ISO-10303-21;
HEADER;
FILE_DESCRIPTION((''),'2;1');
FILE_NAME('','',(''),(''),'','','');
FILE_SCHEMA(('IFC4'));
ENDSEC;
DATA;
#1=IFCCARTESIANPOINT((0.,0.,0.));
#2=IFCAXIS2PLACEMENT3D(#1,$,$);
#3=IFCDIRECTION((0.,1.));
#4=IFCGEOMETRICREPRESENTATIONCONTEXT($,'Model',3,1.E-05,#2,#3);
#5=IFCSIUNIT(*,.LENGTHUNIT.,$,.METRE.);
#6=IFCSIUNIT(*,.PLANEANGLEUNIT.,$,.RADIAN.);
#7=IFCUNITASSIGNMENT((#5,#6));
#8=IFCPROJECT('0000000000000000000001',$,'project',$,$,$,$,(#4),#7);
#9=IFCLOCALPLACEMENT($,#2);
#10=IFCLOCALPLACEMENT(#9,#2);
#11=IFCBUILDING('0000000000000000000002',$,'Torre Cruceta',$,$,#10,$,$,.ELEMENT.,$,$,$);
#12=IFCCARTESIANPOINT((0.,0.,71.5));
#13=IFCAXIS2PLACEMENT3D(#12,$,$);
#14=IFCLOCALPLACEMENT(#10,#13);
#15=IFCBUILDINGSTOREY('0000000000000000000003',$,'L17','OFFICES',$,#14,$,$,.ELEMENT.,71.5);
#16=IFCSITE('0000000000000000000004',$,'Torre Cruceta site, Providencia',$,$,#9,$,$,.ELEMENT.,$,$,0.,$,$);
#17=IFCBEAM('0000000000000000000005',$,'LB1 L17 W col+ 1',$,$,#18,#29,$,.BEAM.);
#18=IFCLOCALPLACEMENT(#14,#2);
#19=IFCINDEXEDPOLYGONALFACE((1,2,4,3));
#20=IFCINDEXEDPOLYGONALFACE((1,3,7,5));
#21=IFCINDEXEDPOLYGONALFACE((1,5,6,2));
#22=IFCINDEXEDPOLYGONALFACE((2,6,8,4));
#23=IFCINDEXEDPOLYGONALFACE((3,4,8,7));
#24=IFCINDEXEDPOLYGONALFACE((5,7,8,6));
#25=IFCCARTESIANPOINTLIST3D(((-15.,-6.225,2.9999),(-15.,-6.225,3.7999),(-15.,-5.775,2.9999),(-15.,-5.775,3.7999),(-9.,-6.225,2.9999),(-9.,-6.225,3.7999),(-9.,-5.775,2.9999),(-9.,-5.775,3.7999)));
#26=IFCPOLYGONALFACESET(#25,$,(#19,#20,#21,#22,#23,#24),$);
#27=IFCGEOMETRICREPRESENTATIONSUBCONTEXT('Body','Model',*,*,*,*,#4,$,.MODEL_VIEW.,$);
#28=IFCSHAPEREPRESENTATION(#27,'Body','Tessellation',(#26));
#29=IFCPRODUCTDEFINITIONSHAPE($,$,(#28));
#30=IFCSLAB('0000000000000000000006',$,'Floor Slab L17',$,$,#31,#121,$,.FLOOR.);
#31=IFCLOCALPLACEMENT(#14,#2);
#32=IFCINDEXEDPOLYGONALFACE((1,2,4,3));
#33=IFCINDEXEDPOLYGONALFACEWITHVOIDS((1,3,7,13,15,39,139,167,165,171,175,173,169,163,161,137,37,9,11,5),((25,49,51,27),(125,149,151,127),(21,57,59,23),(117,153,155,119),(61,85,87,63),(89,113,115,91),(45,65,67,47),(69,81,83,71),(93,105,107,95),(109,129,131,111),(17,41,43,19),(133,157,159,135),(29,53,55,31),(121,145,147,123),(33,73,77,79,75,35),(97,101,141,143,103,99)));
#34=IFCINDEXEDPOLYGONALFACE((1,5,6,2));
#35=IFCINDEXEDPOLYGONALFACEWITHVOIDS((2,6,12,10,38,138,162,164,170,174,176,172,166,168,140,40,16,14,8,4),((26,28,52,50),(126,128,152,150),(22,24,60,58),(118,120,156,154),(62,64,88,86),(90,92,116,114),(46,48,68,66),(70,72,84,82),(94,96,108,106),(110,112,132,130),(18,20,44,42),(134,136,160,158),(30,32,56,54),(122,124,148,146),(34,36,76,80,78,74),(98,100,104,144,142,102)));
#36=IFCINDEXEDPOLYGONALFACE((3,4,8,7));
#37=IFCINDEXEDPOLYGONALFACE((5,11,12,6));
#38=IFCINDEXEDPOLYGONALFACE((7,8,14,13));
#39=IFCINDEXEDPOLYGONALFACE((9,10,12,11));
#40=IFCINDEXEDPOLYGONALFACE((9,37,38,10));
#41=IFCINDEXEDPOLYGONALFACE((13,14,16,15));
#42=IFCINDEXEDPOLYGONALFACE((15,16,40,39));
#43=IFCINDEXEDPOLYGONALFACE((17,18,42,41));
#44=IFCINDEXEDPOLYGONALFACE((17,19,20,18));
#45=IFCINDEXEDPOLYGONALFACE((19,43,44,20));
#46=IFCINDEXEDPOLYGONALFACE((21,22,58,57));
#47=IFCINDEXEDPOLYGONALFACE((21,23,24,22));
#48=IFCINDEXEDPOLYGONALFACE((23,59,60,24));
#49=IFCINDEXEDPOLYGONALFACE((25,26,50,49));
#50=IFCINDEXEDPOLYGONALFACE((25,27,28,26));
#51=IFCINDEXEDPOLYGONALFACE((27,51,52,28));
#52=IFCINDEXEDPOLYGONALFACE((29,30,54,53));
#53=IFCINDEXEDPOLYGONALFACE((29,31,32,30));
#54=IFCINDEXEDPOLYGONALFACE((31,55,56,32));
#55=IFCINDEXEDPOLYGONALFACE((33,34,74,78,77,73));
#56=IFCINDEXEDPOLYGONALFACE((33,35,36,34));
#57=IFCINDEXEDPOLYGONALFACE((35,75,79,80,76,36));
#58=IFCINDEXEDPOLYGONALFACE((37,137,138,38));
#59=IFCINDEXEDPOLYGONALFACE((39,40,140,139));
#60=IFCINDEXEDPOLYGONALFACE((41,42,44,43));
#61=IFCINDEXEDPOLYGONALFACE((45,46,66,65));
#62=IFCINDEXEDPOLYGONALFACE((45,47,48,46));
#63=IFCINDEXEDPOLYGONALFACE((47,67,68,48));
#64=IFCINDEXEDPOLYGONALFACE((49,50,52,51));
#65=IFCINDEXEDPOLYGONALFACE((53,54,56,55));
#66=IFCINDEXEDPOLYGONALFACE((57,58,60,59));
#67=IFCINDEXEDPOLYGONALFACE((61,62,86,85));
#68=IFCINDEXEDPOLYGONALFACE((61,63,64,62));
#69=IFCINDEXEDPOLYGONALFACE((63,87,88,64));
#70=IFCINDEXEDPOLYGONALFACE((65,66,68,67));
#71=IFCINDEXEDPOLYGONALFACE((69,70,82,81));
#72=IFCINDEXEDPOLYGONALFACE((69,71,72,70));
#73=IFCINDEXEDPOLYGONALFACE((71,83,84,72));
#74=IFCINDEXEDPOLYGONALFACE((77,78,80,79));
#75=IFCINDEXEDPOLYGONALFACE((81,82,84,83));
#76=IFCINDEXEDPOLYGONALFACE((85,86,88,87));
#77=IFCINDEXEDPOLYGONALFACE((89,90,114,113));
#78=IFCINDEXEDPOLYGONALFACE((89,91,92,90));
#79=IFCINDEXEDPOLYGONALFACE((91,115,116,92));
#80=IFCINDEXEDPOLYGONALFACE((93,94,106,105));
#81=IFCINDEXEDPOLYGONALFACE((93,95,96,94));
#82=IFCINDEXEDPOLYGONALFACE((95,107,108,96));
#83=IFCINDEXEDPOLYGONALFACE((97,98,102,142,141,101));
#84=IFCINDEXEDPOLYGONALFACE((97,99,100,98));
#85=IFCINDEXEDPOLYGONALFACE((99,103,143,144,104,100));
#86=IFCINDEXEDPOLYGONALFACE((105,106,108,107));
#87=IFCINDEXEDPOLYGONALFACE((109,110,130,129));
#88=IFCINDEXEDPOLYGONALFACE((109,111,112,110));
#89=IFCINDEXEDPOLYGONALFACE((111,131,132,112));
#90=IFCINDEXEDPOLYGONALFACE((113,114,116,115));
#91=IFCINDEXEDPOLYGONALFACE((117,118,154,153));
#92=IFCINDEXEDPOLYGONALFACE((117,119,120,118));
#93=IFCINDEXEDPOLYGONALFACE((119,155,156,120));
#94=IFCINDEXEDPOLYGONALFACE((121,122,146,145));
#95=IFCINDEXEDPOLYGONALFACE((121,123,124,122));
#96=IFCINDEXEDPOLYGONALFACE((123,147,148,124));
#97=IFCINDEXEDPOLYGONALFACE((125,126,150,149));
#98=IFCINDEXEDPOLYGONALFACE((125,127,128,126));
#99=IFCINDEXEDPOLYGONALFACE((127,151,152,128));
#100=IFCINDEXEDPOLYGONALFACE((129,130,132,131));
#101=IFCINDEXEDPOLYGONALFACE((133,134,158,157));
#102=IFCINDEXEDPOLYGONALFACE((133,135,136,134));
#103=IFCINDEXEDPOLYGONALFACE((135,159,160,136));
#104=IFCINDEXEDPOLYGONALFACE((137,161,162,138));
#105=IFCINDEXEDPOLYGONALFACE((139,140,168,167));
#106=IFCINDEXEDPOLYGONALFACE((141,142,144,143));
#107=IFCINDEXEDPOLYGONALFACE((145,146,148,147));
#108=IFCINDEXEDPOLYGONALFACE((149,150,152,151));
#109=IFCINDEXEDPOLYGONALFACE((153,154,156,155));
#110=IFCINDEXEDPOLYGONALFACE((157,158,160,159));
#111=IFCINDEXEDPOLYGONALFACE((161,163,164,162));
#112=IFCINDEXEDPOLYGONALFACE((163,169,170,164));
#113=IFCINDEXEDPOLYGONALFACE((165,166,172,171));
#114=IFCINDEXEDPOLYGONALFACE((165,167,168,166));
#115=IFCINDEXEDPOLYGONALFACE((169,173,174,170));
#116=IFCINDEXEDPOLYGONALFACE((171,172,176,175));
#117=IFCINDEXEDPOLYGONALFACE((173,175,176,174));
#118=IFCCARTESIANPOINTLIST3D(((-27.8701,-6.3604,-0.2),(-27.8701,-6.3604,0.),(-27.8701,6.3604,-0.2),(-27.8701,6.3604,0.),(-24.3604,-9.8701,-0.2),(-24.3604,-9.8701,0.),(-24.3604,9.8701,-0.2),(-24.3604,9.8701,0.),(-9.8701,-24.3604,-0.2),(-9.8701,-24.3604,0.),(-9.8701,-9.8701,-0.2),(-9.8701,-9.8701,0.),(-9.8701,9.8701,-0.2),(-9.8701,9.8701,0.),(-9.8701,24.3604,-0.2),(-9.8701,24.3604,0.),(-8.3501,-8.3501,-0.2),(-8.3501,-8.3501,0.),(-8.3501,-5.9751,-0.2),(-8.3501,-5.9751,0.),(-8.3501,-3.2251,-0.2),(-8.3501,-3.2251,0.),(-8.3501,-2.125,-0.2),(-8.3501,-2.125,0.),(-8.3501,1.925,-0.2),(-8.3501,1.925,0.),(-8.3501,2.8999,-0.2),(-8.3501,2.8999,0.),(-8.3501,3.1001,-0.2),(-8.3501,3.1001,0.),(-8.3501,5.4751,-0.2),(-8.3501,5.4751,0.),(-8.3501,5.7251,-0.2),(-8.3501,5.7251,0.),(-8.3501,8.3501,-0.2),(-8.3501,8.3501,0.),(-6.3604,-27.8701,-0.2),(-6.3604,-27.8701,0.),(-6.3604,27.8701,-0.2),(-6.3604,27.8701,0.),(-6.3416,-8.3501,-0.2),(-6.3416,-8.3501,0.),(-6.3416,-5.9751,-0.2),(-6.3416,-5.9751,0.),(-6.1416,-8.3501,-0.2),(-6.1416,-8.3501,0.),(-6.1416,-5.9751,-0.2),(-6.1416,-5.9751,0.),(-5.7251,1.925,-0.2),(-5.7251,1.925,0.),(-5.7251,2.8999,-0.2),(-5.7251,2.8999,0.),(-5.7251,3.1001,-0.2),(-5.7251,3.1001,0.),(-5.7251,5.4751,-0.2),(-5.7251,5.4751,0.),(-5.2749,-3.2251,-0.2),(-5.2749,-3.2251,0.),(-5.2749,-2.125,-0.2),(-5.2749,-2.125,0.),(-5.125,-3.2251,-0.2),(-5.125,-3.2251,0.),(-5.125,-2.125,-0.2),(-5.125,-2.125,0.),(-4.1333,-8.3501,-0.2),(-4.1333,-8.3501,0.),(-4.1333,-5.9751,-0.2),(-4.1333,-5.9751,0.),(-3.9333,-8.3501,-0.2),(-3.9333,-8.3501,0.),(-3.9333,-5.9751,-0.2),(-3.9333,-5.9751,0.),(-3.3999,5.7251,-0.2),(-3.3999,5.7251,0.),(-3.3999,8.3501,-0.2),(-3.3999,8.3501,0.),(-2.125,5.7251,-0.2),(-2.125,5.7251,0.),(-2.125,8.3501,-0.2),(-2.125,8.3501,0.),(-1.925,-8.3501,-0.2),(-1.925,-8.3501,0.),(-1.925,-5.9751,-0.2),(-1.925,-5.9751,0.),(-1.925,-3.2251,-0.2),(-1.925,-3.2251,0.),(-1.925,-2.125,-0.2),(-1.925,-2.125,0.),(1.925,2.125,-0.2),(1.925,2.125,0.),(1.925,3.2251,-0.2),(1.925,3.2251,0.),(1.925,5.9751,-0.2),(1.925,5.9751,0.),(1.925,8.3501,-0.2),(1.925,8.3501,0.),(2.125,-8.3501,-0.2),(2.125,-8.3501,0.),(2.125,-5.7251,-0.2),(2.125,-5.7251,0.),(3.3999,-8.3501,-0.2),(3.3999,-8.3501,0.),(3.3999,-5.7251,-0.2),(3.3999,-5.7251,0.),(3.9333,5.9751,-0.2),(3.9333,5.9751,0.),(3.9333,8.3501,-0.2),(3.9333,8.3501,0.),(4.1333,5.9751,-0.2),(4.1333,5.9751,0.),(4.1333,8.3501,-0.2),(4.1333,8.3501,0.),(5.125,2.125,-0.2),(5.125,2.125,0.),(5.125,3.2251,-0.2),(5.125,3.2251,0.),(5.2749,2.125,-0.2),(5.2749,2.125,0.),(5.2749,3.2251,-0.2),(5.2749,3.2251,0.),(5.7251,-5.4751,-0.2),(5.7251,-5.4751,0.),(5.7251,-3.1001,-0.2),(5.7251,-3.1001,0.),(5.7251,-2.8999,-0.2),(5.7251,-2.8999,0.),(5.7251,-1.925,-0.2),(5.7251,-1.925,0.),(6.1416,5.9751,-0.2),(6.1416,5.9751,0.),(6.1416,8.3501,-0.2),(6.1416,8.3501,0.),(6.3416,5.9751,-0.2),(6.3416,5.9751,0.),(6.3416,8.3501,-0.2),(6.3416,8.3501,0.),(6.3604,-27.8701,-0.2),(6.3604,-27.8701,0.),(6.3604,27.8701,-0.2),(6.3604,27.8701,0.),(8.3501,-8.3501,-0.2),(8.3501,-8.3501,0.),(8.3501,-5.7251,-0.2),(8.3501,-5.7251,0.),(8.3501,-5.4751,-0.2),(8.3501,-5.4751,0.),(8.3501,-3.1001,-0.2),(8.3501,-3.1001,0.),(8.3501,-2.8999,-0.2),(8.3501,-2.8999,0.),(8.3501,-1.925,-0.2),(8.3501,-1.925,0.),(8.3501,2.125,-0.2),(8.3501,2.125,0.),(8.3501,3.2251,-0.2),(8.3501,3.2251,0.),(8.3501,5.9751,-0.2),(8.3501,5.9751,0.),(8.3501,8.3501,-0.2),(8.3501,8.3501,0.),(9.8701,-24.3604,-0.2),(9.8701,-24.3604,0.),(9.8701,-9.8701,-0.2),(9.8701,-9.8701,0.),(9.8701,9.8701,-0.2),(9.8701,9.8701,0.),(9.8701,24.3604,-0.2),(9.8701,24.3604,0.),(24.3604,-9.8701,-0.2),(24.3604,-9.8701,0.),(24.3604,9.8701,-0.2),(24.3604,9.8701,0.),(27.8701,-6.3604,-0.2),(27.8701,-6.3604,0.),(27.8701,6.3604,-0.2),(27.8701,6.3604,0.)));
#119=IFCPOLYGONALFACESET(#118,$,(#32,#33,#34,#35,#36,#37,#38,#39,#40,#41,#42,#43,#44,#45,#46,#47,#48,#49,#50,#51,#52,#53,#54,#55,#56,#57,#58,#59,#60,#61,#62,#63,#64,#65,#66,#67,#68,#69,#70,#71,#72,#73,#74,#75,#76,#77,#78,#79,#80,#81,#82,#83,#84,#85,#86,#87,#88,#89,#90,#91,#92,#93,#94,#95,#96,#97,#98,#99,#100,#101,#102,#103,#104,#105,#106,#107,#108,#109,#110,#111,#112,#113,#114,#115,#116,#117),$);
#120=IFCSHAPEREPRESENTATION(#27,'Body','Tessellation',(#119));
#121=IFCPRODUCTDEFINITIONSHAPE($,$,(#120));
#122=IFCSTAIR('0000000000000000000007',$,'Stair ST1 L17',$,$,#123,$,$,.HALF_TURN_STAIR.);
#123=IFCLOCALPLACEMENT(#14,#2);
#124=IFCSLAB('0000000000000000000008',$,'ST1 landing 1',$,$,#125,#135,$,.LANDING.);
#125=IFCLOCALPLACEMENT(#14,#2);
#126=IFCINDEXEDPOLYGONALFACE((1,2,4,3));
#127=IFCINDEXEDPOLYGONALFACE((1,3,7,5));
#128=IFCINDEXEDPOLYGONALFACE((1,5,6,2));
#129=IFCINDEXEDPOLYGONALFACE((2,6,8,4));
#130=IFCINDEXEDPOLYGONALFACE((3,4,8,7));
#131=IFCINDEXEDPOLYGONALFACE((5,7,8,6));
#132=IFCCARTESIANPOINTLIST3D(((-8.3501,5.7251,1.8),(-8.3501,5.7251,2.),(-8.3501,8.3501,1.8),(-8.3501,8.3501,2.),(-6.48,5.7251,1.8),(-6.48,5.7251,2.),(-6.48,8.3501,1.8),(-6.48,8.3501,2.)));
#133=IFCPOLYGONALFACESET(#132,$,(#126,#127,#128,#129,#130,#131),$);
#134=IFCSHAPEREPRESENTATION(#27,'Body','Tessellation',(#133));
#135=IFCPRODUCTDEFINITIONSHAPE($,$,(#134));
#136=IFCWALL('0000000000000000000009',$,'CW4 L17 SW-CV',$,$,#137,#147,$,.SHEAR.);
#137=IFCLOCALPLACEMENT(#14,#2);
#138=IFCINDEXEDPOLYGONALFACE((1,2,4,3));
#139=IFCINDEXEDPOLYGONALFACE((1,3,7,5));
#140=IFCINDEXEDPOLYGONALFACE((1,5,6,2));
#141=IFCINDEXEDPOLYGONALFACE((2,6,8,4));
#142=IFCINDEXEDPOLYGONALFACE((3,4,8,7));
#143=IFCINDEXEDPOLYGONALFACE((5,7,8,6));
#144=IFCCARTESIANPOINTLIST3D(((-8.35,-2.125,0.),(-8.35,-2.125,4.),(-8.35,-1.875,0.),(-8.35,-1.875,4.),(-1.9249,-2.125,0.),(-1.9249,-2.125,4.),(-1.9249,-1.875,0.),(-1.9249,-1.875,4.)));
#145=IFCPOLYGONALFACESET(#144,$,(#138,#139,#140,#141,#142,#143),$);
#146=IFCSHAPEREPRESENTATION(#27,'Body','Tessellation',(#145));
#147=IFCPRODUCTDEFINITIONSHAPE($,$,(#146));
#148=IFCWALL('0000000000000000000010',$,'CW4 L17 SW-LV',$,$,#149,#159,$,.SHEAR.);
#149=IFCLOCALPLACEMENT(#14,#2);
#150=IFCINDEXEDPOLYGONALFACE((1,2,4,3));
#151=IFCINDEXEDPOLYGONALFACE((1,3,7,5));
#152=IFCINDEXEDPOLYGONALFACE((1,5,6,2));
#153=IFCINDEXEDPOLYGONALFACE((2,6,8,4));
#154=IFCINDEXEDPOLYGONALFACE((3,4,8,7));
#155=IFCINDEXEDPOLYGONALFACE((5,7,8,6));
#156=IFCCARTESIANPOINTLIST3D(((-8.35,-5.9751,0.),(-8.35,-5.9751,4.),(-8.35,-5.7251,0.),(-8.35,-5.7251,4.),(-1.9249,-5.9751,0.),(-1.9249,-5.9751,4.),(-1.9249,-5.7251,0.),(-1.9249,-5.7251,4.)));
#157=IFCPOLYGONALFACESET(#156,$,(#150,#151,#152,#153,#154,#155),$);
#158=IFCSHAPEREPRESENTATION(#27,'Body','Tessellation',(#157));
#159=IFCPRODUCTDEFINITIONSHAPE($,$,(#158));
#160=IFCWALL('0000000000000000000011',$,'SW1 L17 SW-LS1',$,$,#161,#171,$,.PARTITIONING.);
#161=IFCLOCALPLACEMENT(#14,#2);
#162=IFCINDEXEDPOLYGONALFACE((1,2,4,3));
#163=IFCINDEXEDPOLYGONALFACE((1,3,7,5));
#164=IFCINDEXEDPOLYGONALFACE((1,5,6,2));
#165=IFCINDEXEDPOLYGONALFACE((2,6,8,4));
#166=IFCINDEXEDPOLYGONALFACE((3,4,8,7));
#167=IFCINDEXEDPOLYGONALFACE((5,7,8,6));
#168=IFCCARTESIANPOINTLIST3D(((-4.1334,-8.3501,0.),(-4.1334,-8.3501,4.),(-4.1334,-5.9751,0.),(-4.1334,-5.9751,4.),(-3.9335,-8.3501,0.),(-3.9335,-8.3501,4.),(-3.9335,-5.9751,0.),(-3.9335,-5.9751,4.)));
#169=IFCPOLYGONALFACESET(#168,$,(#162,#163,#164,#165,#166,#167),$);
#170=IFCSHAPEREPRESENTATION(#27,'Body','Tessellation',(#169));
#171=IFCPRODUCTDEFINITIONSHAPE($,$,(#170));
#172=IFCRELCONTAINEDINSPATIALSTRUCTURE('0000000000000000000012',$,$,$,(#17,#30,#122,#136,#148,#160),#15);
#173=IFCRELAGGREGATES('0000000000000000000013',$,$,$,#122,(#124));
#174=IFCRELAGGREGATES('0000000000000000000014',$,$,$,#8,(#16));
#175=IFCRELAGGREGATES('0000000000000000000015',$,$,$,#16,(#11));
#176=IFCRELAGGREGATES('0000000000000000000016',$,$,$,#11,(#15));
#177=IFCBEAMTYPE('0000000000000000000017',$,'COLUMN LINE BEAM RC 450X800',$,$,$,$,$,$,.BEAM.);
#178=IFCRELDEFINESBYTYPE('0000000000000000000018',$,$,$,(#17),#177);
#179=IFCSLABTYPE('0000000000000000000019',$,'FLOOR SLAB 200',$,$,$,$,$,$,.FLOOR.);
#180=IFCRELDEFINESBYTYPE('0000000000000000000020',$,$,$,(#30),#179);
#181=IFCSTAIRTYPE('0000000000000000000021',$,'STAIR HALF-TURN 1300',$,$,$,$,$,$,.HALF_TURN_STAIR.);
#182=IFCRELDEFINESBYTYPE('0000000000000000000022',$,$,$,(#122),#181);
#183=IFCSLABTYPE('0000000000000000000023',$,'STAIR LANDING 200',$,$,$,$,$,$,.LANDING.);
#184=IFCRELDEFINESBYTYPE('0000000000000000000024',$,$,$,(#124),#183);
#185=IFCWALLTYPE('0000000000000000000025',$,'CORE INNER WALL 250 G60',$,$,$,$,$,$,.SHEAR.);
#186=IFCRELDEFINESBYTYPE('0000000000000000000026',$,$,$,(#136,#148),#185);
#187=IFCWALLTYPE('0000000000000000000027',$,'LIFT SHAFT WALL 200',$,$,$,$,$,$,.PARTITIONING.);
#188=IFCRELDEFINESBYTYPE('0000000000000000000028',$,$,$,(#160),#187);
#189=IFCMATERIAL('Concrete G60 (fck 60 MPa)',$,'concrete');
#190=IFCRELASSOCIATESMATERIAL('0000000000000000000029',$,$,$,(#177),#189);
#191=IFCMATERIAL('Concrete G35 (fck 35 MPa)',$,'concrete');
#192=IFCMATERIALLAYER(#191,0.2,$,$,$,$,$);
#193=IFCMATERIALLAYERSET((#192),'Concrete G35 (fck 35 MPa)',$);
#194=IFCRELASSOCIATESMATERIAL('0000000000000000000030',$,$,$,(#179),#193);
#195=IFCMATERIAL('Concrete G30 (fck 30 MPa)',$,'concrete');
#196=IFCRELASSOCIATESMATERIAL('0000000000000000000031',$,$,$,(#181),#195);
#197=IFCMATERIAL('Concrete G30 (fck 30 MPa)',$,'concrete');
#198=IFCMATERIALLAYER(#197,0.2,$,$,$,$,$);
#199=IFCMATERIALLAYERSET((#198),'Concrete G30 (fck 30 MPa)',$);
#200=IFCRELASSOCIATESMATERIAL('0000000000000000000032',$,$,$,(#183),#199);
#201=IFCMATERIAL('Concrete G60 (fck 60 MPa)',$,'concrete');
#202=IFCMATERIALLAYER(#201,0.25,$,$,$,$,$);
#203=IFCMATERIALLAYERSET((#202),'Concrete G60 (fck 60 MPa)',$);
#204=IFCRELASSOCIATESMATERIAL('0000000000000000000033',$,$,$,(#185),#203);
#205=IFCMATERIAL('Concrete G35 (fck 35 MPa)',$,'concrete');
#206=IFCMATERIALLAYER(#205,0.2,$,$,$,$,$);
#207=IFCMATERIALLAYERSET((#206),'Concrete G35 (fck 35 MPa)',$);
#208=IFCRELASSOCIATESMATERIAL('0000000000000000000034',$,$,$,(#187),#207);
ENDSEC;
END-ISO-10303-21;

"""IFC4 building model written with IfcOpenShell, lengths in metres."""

from ifc_helpers import new_model, si_unit, direction, frame, frame_2d, origin, origin_2d, place, context, subcontext, project, spatial, polyline, rectangle, outline, extrude, material, layer, layer_set, material_profile, profile_set, type_object, element, aggregate, save


model = new_model("IFC4")

# Units and contexts
model_context = context("Model", 3, precision=1e-05, world=origin(), true_north=direction((0.0, 1.0)))
body_context = subcontext(model_context, "Body", "Model", "MODEL_VIEW")
ifc_project = project(units=[si_unit("LENGTHUNIT", "METRE"), si_unit("PLANEANGLEUNIT", "RADIAN")], contexts=[model_context])

# Site, building, storey
site_placement = place(None, origin())
site = spatial("IfcSite", under=ifc_project, at=site_placement, Name="Torre Cruceta site, Providencia", CompositionType="ELEMENT", RefElevation=0.0)
building_placement = place(site_placement, origin())
building = spatial("IfcBuilding", under=site, at=building_placement, Name="Torre Cruceta", CompositionType="ELEMENT")
storey_placement = place(building_placement, frame((0.0, 0.0, 71.5)))
storey = spatial("IfcBuildingStorey", under=building, at=storey_placement, Name="L17", Description="OFFICES", CompositionType="ELEMENT", Elevation=71.5)

# Beam
ifc_material_1 = material(Name="Concrete G60 (fck 60 MPa)", Category="concrete")
ifc_material_profile = material_profile(ifc_material_1, rectangle(XDim=0.45, YDim=0.8, at=origin_2d()), Name="RC 450X800")
ifc_profile_set = profile_set([ifc_material_profile], Name="Concrete G60 (fck 60 MPa)")
beam_type = type_object("IfcBeamType", Name="COLUMN LINE BEAM RC 450X800", PredefinedType="BEAM", material=ifc_profile_set)
beam_placement = place(storey_placement, frame((-9.0, -6.0, 3.3999), z_axis=(-1.0, 0.0, 0.0), x_axis=(0.0, -1.0, 0.0)))
element("IfcBeam", 1, at=beam_placement, inside=storey, type_object=beam_type, Name="LB1 L17 W col+ 1", PredefinedType="BEAM", context=body_context, shape_type="SweptSolid", body=[
    extrude(rectangle(XDim=0.45, YDim=0.8, at=origin_2d()), origin(), (0.0, 0.0, 1.0), 6.0),
])

# Slab
ifc_material_2 = material(Name="Concrete G35 (fck 35 MPa)", Category="concrete")
ifc_layer_1 = layer(ifc_material_2, 0.2)
ifc_layer_set_1 = layer_set([ifc_layer_1], Name="Concrete G35 (fck 35 MPa)")
slab_type_1 = type_object("IfcSlabType", Name="FLOOR SLAB 200", PredefinedType="FLOOR", material=ifc_layer_set_1)
slab_1_placement = place(storey_placement, frame((0.0, 0.0, -0.2)))
element("IfcSlab", 2, at=slab_1_placement, inside=storey, type_object=slab_type_1, Name="Floor Slab L17", PredefinedType="FLOOR", context=body_context, shape_type="SweptSolid", body=[
    extrude(outline(polyline([(9.8701, -9.8701), (9.8701, -24.3604), (6.3604, -27.8701), (-6.3604, -27.8701), (-9.8701, -24.3604), (-9.8701, -9.8701), (-24.3604, -9.8701), (-27.8701, -6.3604), (-27.8701, 6.3604), (-24.3604, 9.8701), (-9.8701, 9.8701), (-9.8701, 24.3604), (-6.3604, 27.8701), (6.3604, 27.8701), (9.8701, 24.3604), (9.8701, 9.8701), (24.3604, 9.8701), (27.8701, 6.3604), (27.8701, -6.3604), (24.3604, -9.8701), (9.8701, -9.8701)]), holes=[polyline([(1.925, 5.9751), (3.9333, 5.9751), (3.9333, 8.3501), (1.925, 8.3501), (1.925, 5.9751)]), polyline([(4.1333, 5.9751), (6.1416, 5.9751), (6.1416, 8.3501), (4.1333, 8.3501), (4.1333, 5.9751)]), polyline([(6.3416, 5.9751), (8.3501, 5.9751), (8.3501, 8.3501), (6.3416, 8.3501), (6.3416, 5.9751)]), polyline([(1.925, 2.125), (5.125, 2.125), (5.125, 3.2251), (1.925, 3.2251), (1.925, 2.125)]), polyline([(5.2749, 2.125), (8.3501, 2.125), (8.3501, 3.2251), (5.2749, 3.2251), (5.2749, 2.125)]), polyline([(-8.3501, 3.1001), (-5.7251, 3.1001), (-5.7251, 5.4751), (-8.3501, 5.4751), (-8.3501, 3.1001)]), polyline([(-8.3501, 1.925), (-5.7251, 1.925), (-5.7251, 2.8999), (-8.3501, 2.8999), (-8.3501, 1.925)]), polyline([(-3.9333, -8.3501), (-1.925, -8.3501), (-1.925, -5.9751), (-3.9333, -5.9751), (-3.9333, -8.3501)]), polyline([(-6.1416, -8.3501), (-4.1333, -8.3501), (-4.1333, -5.9751), (-6.1416, -5.9751), (-6.1416, -8.3501)]), polyline([(-8.3501, -8.3501), (-6.3416, -8.3501), (-6.3416, -5.9751), (-8.3501, -5.9751), (-8.3501, -8.3501)]), polyline([(-5.125, -3.2251), (-1.925, -3.2251), (-1.925, -2.125), (-5.125, -2.125), (-5.125, -3.2251)]), polyline([(-8.3501, -3.2251), (-5.2749, -3.2251), (-5.2749, -2.125), (-8.3501, -2.125), (-8.3501, -3.2251)]), polyline([(5.7251, -5.4751), (8.3501, -5.4751), (8.3501, -3.1001), (5.7251, -3.1001), (5.7251, -5.4751)]), polyline([(5.7251, -2.8999), (8.3501, -2.8999), (8.3501, -1.925), (5.7251, -1.925), (5.7251, -2.8999)]), polyline([(-8.3501, 5.7251), (-8.3501, 8.3501), (-3.3999, 8.3501), (-2.125, 8.3501), (-2.125, 5.7251), (-3.3999, 5.7251), (-8.3501, 5.7251)]), polyline([(2.125, -5.7251), (3.3999, -5.7251), (8.3501, -5.7251), (8.3501, -8.3501), (3.3999, -8.3501), (2.125, -8.3501), (2.125, -5.7251)])]), origin(), (0.0, 0.0, 1.0), 0.2),
])

# Stair, slab
ifc_material_3 = material(Name="Concrete G30 (fck 30 MPa)", Category="concrete")
stair_type = type_object("IfcStairType", Name="STAIR HALF-TURN 1300", PredefinedType="HALF_TURN_STAIR", material=ifc_material_3)
stair_placement = place(storey_placement, origin())
stair = element("IfcStair", 3, at=stair_placement, inside=storey, type_object=stair_type, Name="Stair ST1 L17", PredefinedType="HALF_TURN_STAIR")
ifc_material_4 = material(Name="Concrete G30 (fck 30 MPa)", Category="concrete")
ifc_layer_2 = layer(ifc_material_4, 0.2)
ifc_layer_set_2 = layer_set([ifc_layer_2], Name="Concrete G30 (fck 30 MPa)")
slab_type_2 = type_object("IfcSlabType", Name="STAIR LANDING 200", PredefinedType="LANDING", material=ifc_layer_set_2)
slab_2_placement = place(storey_placement, frame((0.0, 0.0, 1.8)))
slab_2 = element("IfcSlab", 4, at=slab_2_placement, type_object=slab_type_2, Name="ST1 landing 1", PredefinedType="LANDING", context=body_context, shape_type="SweptSolid", body=[
    extrude(outline(polyline([(-8.3501, 5.7251), (-6.48, 5.7251), (-6.48, 8.3501), (-8.3501, 8.3501), (-8.3501, 5.7251)])), origin(), (0.0, 0.0, 1.0), 0.2),
])
aggregate(stair, [slab_2])

# Shared definitions
ifc_material_5 = material(Name="Concrete G60 (fck 60 MPa)", Category="concrete")
ifc_layer_3 = layer(ifc_material_5, 0.25)
ifc_layer_set_3 = layer_set([ifc_layer_3], Name="Concrete G60 (fck 60 MPa)")
wall_type_1 = type_object("IfcWallType", Name="CORE INNER WALL 250 G60", PredefinedType="SHEAR", material=ifc_layer_set_3)

# Walls
for number, where, z_axis, x_axis, name in (
    (5, (-1.925, -2.0, 0.0), (0.0, 0.0, 1.0), (-1.0, 0.0, 0.0), "CW4 L17 SW-CV"),
    (6, (-1.925, -5.8501, 0.0), (0.0, 0.0, 1.0), (-1.0, 0.0, 0.0), "CW4 L17 SW-LV"),
):
    element("IfcWall", number, at=place(storey_placement, frame(where, z_axis=z_axis, x_axis=x_axis)), inside=storey, type_object=wall_type_1, Name=name, PredefinedType="SHEAR", context=body_context, shape_type="SweptSolid", body=[
        extrude(rectangle(XDim=6.425, YDim=0.25, at=frame_2d((3.2124, 0.0))), origin(), (0.0, 0.0, 1.0), 4.0),
    ])
ifc_material_6 = material(Name="Concrete G35 (fck 35 MPa)", Category="concrete")
ifc_layer_4 = layer(ifc_material_6, 0.2)
ifc_layer_set_4 = layer_set([ifc_layer_4], Name="Concrete G35 (fck 35 MPa)")
wall_type_2 = type_object("IfcWallType", Name="LIFT SHAFT WALL 200", PredefinedType="PARTITIONING", material=ifc_layer_set_4)
for number, where, z_axis, x_axis, name in (
    (7, (-4.0334, -5.9751, 0.0), (0.0, 0.0, 1.0), (0.0, -1.0, 0.0), "SW1 L17 SW-LS1"),
):
    element("IfcWall", number, at=place(storey_placement, frame(where, z_axis=z_axis, x_axis=x_axis)), inside=storey, type_object=wall_type_2, Name=name, PredefinedType="PARTITIONING", context=body_context, shape_type="SweptSolid", body=[
        extrude(rectangle(XDim=2.375, YDim=0.2, at=frame_2d((1.1875, 0.0))), origin(), (0.0, 0.0, 1.0), 4.0),
    ])

save(model, "model.ifc")
